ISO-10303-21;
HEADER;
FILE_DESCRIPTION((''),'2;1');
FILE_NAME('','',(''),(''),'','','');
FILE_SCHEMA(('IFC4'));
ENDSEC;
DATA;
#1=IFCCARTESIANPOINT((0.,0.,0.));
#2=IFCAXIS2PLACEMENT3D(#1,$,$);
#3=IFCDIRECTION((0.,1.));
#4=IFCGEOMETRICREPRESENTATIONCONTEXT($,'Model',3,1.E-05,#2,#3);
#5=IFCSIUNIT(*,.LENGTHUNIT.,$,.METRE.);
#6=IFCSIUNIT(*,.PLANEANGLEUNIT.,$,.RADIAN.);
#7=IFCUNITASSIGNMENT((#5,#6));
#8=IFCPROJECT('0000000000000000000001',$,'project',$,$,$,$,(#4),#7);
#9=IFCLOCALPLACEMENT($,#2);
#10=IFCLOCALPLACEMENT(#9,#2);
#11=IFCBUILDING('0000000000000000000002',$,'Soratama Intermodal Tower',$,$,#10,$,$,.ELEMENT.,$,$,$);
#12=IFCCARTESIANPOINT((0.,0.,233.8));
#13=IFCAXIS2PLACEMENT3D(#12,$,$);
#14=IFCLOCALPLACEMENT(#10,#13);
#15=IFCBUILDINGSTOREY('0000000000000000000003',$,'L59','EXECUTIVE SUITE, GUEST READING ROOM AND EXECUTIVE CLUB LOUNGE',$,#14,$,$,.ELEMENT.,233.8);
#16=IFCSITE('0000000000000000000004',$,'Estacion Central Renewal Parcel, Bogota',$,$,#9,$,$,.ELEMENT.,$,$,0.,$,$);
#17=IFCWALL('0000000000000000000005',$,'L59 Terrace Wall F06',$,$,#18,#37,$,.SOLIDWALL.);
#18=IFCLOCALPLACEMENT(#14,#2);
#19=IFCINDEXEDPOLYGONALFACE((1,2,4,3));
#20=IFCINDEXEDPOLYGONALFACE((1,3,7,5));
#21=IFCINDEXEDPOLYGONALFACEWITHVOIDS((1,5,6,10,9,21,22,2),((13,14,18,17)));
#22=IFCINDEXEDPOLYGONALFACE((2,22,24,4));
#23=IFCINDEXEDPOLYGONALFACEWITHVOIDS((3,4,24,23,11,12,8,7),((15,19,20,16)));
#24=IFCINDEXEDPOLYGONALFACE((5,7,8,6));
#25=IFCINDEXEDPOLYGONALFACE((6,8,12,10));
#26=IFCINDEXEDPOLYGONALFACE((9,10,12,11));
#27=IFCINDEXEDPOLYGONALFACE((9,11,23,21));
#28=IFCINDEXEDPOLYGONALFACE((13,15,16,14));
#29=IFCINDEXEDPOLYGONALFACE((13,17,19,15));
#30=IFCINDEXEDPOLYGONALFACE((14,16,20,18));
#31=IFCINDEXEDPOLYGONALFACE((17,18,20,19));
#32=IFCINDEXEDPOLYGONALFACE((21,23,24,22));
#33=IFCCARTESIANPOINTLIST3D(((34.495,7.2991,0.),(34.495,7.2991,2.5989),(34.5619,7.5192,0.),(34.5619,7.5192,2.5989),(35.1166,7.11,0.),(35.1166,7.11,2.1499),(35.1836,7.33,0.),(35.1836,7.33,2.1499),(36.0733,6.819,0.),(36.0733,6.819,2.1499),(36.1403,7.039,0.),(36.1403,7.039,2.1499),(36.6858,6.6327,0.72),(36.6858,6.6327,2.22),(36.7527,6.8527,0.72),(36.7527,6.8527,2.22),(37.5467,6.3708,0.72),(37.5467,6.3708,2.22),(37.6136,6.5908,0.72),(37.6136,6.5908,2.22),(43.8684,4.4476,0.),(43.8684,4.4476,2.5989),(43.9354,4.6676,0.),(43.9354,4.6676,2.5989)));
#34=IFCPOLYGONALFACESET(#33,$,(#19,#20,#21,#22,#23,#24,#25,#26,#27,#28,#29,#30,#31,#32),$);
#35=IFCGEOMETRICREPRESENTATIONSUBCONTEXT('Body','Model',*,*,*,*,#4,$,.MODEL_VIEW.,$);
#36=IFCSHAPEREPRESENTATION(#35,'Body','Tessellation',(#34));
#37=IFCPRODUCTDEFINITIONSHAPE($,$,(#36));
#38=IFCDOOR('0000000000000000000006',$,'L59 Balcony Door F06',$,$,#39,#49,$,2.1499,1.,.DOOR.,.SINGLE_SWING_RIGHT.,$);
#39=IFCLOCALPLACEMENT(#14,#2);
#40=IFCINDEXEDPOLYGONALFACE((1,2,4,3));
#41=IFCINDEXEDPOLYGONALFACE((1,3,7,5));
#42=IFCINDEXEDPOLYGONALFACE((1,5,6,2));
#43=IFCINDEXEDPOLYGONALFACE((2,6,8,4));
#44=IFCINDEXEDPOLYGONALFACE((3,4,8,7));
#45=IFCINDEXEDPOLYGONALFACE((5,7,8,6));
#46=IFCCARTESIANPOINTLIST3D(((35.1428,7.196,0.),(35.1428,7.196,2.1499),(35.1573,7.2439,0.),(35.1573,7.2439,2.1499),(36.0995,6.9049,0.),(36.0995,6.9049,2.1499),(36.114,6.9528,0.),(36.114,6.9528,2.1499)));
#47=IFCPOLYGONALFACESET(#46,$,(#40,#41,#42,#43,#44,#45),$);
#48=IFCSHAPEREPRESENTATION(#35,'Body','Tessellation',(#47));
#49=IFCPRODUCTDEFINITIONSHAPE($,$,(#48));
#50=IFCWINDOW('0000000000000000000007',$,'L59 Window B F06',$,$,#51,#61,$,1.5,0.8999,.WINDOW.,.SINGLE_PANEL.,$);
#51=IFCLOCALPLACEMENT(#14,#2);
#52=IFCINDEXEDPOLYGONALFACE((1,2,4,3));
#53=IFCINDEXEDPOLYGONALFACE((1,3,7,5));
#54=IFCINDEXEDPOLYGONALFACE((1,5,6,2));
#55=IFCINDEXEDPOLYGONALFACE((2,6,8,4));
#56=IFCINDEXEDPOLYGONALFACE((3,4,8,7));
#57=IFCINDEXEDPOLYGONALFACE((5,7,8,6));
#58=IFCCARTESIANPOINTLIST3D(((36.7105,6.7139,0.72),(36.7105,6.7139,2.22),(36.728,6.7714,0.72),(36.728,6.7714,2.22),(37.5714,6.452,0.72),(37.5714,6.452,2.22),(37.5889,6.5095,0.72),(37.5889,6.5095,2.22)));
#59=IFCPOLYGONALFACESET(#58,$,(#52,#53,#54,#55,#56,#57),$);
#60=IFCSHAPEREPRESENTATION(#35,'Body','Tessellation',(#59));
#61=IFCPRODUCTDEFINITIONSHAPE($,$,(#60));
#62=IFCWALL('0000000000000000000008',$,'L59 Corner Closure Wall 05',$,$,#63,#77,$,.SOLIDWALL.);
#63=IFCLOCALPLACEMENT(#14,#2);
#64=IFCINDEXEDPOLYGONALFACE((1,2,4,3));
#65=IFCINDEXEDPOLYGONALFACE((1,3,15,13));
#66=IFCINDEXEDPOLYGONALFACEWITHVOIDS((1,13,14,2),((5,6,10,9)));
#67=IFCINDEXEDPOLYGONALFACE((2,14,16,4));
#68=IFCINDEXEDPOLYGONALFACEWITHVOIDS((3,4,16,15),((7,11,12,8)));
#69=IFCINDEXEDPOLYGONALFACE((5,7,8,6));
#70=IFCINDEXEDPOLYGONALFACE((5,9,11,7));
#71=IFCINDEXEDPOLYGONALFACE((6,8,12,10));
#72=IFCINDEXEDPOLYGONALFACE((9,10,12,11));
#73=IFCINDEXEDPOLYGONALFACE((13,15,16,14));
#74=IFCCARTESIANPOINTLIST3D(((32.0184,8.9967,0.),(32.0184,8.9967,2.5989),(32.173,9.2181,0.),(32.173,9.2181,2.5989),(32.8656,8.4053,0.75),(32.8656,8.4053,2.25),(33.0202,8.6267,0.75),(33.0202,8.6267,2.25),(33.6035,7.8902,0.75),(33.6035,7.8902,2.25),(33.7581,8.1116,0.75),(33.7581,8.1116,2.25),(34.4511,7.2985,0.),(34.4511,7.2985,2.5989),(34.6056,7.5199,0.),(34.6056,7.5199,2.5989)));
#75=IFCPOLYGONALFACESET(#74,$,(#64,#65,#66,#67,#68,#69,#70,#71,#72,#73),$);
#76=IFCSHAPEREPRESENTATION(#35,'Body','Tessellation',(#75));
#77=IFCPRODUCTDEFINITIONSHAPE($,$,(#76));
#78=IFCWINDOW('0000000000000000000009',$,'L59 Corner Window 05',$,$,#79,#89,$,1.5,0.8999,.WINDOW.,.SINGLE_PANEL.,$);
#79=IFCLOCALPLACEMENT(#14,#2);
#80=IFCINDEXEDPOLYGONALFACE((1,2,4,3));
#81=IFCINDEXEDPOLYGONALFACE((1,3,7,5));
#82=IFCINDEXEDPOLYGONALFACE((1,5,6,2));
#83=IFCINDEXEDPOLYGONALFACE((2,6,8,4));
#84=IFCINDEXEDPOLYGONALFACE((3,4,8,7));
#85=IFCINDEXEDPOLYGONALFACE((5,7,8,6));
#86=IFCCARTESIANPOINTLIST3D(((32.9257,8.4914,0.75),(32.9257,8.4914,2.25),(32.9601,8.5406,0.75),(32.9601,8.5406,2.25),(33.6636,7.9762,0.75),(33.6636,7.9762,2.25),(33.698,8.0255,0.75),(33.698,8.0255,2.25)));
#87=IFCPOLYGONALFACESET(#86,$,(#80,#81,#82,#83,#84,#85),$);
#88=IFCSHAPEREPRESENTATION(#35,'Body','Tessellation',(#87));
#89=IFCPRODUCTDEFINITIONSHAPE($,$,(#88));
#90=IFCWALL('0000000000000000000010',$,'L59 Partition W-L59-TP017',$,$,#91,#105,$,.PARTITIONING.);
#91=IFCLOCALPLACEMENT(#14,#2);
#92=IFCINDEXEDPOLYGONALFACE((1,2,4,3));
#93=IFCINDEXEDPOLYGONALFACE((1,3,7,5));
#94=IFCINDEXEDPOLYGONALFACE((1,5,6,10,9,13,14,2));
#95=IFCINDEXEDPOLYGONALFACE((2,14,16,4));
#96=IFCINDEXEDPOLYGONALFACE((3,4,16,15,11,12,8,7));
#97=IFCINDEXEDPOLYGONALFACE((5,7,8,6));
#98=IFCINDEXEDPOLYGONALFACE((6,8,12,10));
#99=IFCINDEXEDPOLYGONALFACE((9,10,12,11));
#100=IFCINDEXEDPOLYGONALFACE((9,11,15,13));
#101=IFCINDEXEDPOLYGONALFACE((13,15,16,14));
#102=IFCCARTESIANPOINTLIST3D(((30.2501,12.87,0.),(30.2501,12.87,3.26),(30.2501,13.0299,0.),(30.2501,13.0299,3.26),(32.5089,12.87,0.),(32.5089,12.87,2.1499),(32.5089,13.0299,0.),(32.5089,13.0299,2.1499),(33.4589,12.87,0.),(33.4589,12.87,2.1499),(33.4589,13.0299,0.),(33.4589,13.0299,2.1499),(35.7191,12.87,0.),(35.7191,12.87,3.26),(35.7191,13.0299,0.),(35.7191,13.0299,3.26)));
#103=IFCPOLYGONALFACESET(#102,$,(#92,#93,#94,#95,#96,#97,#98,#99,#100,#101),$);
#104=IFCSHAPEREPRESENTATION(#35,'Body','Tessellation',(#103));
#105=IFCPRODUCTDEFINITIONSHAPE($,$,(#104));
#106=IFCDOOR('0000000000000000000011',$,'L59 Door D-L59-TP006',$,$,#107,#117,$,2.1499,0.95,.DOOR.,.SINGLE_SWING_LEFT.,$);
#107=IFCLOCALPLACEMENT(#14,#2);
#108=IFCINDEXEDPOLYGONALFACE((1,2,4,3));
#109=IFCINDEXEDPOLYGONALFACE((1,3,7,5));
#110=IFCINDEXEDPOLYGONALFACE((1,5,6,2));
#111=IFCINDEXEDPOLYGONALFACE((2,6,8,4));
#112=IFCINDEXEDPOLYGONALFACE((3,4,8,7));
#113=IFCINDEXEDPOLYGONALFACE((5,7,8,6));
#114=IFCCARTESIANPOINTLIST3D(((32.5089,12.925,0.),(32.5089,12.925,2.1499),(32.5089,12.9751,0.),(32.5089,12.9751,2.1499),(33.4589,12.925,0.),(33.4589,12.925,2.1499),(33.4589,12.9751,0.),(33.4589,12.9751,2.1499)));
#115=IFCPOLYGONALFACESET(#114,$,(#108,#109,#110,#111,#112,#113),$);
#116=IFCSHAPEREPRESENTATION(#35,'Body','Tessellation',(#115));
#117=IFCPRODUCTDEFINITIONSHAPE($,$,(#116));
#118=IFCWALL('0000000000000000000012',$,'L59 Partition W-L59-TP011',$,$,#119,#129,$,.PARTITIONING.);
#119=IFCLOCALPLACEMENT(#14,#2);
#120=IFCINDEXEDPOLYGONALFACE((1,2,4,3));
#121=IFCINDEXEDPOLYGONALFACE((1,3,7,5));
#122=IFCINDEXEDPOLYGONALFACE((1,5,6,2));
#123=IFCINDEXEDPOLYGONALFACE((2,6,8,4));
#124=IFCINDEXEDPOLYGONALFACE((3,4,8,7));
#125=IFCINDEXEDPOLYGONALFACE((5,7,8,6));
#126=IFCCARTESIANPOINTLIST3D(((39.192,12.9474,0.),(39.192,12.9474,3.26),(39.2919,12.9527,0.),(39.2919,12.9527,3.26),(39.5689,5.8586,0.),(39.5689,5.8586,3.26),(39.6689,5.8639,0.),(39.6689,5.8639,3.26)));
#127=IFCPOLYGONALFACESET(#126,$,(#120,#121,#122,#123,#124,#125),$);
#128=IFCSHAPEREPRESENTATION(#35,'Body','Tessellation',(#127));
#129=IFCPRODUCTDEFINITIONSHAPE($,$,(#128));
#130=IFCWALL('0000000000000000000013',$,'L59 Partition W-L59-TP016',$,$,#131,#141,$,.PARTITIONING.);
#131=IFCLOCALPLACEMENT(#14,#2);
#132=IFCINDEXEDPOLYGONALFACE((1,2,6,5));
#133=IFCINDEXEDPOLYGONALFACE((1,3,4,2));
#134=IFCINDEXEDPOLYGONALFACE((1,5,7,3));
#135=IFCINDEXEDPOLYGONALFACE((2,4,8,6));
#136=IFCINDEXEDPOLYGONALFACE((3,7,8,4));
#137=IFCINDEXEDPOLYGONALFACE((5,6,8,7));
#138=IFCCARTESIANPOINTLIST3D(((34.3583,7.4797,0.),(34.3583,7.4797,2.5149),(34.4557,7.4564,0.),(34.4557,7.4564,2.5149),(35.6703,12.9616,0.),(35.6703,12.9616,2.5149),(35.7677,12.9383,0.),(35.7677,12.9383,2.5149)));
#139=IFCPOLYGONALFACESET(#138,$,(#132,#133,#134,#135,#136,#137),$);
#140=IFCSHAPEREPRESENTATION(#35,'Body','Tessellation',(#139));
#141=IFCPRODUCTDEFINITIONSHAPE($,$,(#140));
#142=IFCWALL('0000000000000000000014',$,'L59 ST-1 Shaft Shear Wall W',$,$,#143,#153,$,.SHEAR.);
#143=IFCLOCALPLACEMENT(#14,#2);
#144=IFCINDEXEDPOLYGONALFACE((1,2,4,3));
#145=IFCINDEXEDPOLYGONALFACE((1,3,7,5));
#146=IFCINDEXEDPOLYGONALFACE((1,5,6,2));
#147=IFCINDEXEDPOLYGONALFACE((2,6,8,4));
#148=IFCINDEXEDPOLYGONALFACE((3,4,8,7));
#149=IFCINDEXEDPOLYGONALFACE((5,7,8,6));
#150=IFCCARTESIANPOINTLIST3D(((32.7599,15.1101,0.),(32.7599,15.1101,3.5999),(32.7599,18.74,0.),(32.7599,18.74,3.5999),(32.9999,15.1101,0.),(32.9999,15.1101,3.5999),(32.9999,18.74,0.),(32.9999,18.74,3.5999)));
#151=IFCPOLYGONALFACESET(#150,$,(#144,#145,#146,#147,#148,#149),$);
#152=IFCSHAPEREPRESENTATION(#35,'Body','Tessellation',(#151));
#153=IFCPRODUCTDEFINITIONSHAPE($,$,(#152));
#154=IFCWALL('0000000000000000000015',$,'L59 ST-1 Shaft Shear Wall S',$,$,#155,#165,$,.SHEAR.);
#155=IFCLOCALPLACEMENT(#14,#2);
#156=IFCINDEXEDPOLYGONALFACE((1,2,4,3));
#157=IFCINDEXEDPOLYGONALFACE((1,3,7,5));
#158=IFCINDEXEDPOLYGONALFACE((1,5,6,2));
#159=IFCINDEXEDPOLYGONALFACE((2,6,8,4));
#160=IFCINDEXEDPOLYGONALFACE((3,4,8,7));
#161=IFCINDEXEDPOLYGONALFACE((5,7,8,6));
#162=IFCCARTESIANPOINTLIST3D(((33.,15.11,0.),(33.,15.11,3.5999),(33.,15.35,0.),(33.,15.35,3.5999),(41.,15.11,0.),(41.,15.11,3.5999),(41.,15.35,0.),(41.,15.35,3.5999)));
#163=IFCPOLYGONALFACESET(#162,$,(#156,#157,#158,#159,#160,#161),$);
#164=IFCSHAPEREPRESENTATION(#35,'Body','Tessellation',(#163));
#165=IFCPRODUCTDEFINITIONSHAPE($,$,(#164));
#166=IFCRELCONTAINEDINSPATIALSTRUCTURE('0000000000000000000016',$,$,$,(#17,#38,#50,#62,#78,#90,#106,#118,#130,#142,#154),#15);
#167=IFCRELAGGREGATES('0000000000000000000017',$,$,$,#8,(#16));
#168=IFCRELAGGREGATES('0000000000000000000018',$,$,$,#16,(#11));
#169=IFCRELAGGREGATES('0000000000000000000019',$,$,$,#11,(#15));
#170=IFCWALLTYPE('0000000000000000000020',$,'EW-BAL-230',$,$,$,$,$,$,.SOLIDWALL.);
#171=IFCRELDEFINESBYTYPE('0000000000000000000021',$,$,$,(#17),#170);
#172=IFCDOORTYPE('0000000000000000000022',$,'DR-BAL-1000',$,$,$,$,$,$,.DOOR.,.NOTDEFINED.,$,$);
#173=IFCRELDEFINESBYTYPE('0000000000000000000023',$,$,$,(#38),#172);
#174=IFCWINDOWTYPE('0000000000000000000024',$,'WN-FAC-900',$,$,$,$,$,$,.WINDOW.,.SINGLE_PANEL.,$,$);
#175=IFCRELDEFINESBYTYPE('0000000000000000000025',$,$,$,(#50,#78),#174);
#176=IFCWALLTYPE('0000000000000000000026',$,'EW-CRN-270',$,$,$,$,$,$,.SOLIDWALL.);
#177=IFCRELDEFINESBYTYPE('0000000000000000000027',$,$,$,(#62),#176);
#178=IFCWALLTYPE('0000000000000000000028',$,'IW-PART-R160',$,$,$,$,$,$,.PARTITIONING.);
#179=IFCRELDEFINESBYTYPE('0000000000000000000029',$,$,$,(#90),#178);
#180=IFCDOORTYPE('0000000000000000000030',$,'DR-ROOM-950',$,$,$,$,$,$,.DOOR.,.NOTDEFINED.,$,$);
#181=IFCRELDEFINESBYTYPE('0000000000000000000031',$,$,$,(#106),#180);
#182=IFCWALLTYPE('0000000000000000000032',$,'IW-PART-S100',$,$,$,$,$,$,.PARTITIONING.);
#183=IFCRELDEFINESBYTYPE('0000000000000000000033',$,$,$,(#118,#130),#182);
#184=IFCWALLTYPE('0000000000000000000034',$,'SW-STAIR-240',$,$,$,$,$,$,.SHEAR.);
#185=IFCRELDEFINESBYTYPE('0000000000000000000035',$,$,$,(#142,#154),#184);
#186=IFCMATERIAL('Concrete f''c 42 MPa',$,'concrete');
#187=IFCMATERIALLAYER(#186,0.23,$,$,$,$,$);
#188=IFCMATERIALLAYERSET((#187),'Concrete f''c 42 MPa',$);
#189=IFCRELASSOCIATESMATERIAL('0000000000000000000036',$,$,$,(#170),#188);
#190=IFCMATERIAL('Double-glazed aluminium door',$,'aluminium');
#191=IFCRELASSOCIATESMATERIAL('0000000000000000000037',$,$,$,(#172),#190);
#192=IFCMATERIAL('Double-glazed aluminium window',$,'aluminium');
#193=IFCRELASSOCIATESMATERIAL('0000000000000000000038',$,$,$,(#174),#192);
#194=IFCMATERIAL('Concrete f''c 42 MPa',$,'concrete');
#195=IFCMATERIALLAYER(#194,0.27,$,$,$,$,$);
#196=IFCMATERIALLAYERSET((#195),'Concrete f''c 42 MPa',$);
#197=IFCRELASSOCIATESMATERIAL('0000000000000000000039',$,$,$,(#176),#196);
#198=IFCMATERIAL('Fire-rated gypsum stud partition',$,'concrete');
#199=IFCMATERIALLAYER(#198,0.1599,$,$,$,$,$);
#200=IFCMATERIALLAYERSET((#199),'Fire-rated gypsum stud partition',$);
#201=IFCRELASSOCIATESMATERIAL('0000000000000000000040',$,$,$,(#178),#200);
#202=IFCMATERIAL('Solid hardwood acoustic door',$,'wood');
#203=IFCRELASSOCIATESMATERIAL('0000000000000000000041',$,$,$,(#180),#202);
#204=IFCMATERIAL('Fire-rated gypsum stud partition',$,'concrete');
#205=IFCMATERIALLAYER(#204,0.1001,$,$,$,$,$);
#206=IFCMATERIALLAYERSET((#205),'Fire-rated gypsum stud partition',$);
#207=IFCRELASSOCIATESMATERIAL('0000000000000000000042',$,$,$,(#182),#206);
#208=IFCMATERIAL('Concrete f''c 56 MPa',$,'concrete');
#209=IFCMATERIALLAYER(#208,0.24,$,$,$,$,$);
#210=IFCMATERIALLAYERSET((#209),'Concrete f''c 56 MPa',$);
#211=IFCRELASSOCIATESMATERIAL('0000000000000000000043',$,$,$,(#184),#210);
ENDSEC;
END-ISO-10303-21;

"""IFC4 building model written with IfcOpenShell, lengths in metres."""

from ifc_helpers import new_model, si_unit, direction, frame, frame_2d, origin, place, context, subcontext, project, spatial, rectangle, extrude, material, layer, layer_set, type_object, element, fill, save


model = new_model("IFC4")

# Units and contexts
model_context = context("Model", 3, precision=1e-05, world=origin(), true_north=direction((0.0, 1.0)))
body_context = subcontext(model_context, "Body", "Model", "MODEL_VIEW")
ifc_project = project(units=[si_unit("LENGTHUNIT", "METRE"), si_unit("PLANEANGLEUNIT", "RADIAN")], contexts=[model_context])

# Site, building, storey
site_placement = place(None, origin())
site = spatial("IfcSite", under=ifc_project, at=site_placement, Name="Estacion Central Renewal Parcel, Bogota", CompositionType="ELEMENT", RefElevation=0.0)
building_placement = place(site_placement, origin())
building = spatial("IfcBuilding", under=site, at=building_placement, Name="Soratama Intermodal Tower", CompositionType="ELEMENT")
storey_placement = place(building_placement, frame((0.0, 0.0, 233.8)))
storey = spatial("IfcBuildingStorey", under=building, at=storey_placement, Name="L59", Description="EXECUTIVE SUITE, GUEST READING ROOM AND EXECUTIVE CLUB LOUNGE", CompositionType="ELEMENT", Elevation=233.8)

# Wall, openings, door, window
ifc_material_1 = material(Name="Concrete f'c 42 MPa", Category="concrete")
ifc_layer_1 = layer(ifc_material_1, 0.23)
ifc_layer_set_1 = layer_set([ifc_layer_1], Name="Concrete f'c 42 MPa")
wall_type_1 = type_object("IfcWallType", Name="EW-BAL-230", PredefinedType="SOLIDWALL", material=ifc_layer_set_1)
wall_1_placement = place(storey_placement, frame((34.5283, 7.4092, 0.0), z_axis=(0.0, 0.0, 1.0), x_axis=(0.956709, -0.291045, 0.0)))
wall_1 = element("IfcWall", 1, at=wall_1_placement, inside=storey, type_object=wall_type_1, Name="L59 Terrace Wall F06", PredefinedType="SOLIDWALL", context=body_context, shape_type="SweptSolid", body=[
    extrude(rectangle(XDim=9.7976, YDim=0.23, at=frame_2d((4.8989, 0.0))), origin(), (0.0, 0.0, 1.0), 2.5989),
])
opening_1_placement = place(wall_1_placement, frame((0.6499, 0.0, 0.0)))
opening_1 = element("IfcOpeningElement", 2, at=opening_1_placement, cuts=wall_1, PredefinedType="OPENING", context=body_context, shape_type="SweptSolid", body=[
    extrude(rectangle(XDim=1.0, YDim=2.1499, at=frame_2d((0.5, 1.075))), frame((0.0, 0.125, 0.0), z_axis=(0.0, -1.0, 0.0), x_axis=(1.0, 0.0, 0.0)), (0.0, 0.0, 1.0), 0.25),
])
opening_2_placement = place(wall_1_placement, frame((2.29, 0.0, 0.72)))
opening_2 = element("IfcOpeningElement", 3, at=opening_2_placement, cuts=wall_1, PredefinedType="OPENING", context=body_context, shape_type="SweptSolid", body=[
    extrude(rectangle(XDim=0.8999, YDim=1.5, at=frame_2d((0.45, 0.75))), frame((0.0, 0.125, 0.0), z_axis=(0.0, -1.0, 0.0), x_axis=(1.0, 0.0, 0.0)), (0.0, 0.0, 1.0), 0.25),
])
ifc_material_2 = material(Name="Double-glazed aluminium door", Category="aluminium")
door_type_1 = type_object("IfcDoorType", Name="DR-BAL-1000", OperationType="NOTDEFINED", PredefinedType="DOOR", material=ifc_material_2)
door_1_placement = place(opening_1_placement, origin())
door_1 = element("IfcDoor", 4, at=door_1_placement, inside=storey, type_object=door_type_1, Name="L59 Balcony Door F06", OperationType="SINGLE_SWING_RIGHT", OverallHeight=2.1499, OverallWidth=1.0, PredefinedType="DOOR", context=body_context, shape_type="SweptSolid", body=[
    extrude(rectangle(XDim=1.0, YDim=2.1499, at=frame_2d((0.5, 1.075))), frame((0.0, 0.0249, 0.0), z_axis=(0.0, -1.0, 0.0), x_axis=(1.0, 0.0, 0.0)), (0.0, 0.0, 1.0), 0.05),
])
fill(opening_1, door_1)
ifc_material_3 = material(Name="Double-glazed aluminium window", Category="aluminium")
window_type = type_object("IfcWindowType", Name="WN-FAC-900", PartitioningType="SINGLE_PANEL", PredefinedType="WINDOW", material=ifc_material_3)
window_1_placement = place(opening_2_placement, origin())
window_1 = element("IfcWindow", 5, at=window_1_placement, inside=storey, type_object=window_type, Name="L59 Window B F06", OverallHeight=1.5, OverallWidth=0.8999, PartitioningType="SINGLE_PANEL", PredefinedType="WINDOW", context=body_context, shape_type="SweptSolid", body=[
    extrude(rectangle(XDim=0.8999, YDim=1.5, at=frame_2d((0.45, 0.75))), frame((0.0, 0.03, 0.0), z_axis=(0.0, -1.0, 0.0), x_axis=(1.0, 0.0, 0.0)), (0.0, 0.0, 1.0), 0.0601),
])
fill(opening_2, window_1)

# Wall, opening, window
ifc_material_4 = material(Name="Concrete f'c 42 MPa", Category="concrete")
ifc_layer_2 = layer(ifc_material_4, 0.27)
ifc_layer_set_2 = layer_set([ifc_layer_2], Name="Concrete f'c 42 MPa")
wall_type_2 = type_object("IfcWallType", Name="EW-CRN-270", PredefinedType="SOLIDWALL", material=ifc_layer_set_2)
wall_2_placement = place(storey_placement, frame((32.0957, 9.1074, 0.0), z_axis=(0.0, 0.0, 1.0), x_axis=(0.819958, -0.572424, 0.0)))
wall_2 = element("IfcWall", 6, at=wall_2_placement, inside=storey, type_object=wall_type_2, Name="L59 Corner Closure Wall 05", PredefinedType="SOLIDWALL", context=body_context, shape_type="SweptSolid", body=[
    extrude(rectangle(XDim=2.9668, YDim=0.27, at=frame_2d((1.4834, 0.0))), origin(), (0.0, 0.0, 1.0), 2.5989),
])
opening_3_placement = place(wall_2_placement, frame((1.0332, 0.0, 0.75)))
opening_3 = element("IfcOpeningElement", 7, at=opening_3_placement, cuts=wall_2, PredefinedType="OPENING", context=body_context, shape_type="SweptSolid", body=[
    extrude(rectangle(XDim=0.8999, YDim=1.5, at=frame_2d((0.45, 0.75))), frame((0.0, 0.145, 0.0), z_axis=(0.0, -1.0, 0.0), x_axis=(1.0, 0.0, 0.0)), (0.0, 0.0, 1.0), 0.29),
])
window_2_placement = place(opening_3_placement, origin())
window_2 = element("IfcWindow", 8, at=window_2_placement, inside=storey, type_object=window_type, Name="L59 Corner Window 05", OverallHeight=1.5, OverallWidth=0.8999, PartitioningType="SINGLE_PANEL", PredefinedType="WINDOW", context=body_context, shape_type="SweptSolid", body=[
    extrude(rectangle(XDim=0.8999, YDim=1.5, at=frame_2d((0.45, 0.75))), frame((0.0, 0.03, 0.0), z_axis=(0.0, -1.0, 0.0), x_axis=(1.0, 0.0, 0.0)), (0.0, 0.0, 1.0), 0.0601),
])
fill(opening_3, window_2)

# Wall, opening, door
ifc_material_5 = material(Name="Fire-rated gypsum stud partition", Category="concrete")
ifc_layer_3 = layer(ifc_material_5, 0.1599)
ifc_layer_set_3 = layer_set([ifc_layer_3], Name="Fire-rated gypsum stud partition")
wall_type_3 = type_object("IfcWallType", Name="IW-PART-R160", PredefinedType="PARTITIONING", material=ifc_layer_set_3)
wall_3_placement = place(storey_placement, frame((35.719, 12.95, 0.0), z_axis=(0.0, 0.0, 1.0), x_axis=(-1.0, 0.0, 0.0)))
wall_3 = element("IfcWall", 9, at=wall_3_placement, inside=storey, type_object=wall_type_3, Name="L59 Partition W-L59-TP017", PredefinedType="PARTITIONING", context=body_context, shape_type="SweptSolid", body=[
    extrude(rectangle(XDim=5.469, YDim=0.1599, at=frame_2d((2.7344, 0.0))), origin(), (0.0, 0.0, 1.0), 3.26),
])
opening_4_placement = place(wall_3_placement, frame((2.26, 0.0, 0.0)))
opening_4 = element("IfcOpeningElement", 10, at=opening_4_placement, cuts=wall_3, PredefinedType="OPENING", context=body_context, shape_type="SweptSolid", body=[
    extrude(rectangle(XDim=0.95, YDim=2.1499, at=frame_2d((0.4751, 1.075))), frame((0.0, 0.0898, 0.0), z_axis=(0.0, -1.0, 0.0), x_axis=(1.0, 0.0, 0.0)), (0.0, 0.0, 1.0), 0.1799),
])
ifc_material_6 = material(Name="Solid hardwood acoustic door", Category="wood")
door_type_2 = type_object("IfcDoorType", Name="DR-ROOM-950", OperationType="NOTDEFINED", PredefinedType="DOOR", material=ifc_material_6)
door_2_placement = place(opening_4_placement, origin())
door_2 = element("IfcDoor", 11, at=door_2_placement, inside=storey, type_object=door_type_2, Name="L59 Door D-L59-TP006", OperationType="SINGLE_SWING_LEFT", OverallHeight=2.1499, OverallWidth=0.95, PredefinedType="DOOR", context=body_context, shape_type="SweptSolid", body=[
    extrude(rectangle(XDim=0.95, YDim=2.1499, at=frame_2d((0.4751, 1.075))), frame((0.0, 0.0249, 0.0), z_axis=(0.0, -1.0, 0.0), x_axis=(1.0, 0.0, 0.0)), (0.0, 0.0, 1.0), 0.05),
])
fill(opening_4, door_2)

# Walls
ifc_material_7 = material(Name="Fire-rated gypsum stud partition", Category="concrete")
ifc_layer_4 = layer(ifc_material_7, 0.1001)
ifc_layer_set_4 = layer_set([ifc_layer_4], Name="Fire-rated gypsum stud partition")
wall_type_4 = type_object("IfcWallType", Name="IW-PART-S100", PredefinedType="PARTITIONING", material=ifc_layer_set_4)
wall_4_placement = place(storey_placement, frame((39.2419, 12.95, 0.0), z_axis=(0.0, 0.0, 1.0), x_axis=(0.0531, -0.998589, 0.0)))
element("IfcWall", 12, at=wall_4_placement, inside=storey, type_object=wall_type_4, Name="L59 Partition W-L59-TP011", PredefinedType="PARTITIONING", context=body_context, shape_type="SweptSolid", body=[
    extrude(rectangle(XDim=7.0989, YDim=0.1001, at=frame_2d((3.5493, 0.0))), origin(), (0.0, 0.0, 1.0), 3.26),
])
wall_5_placement = place(storey_placement, frame((35.719, 12.95, 0.0), z_axis=(0.0, 0.0, 1.0), x_axis=(-0.23276, -0.972534, 0.0)))
element("IfcWall", 13, at=wall_5_placement, inside=storey, type_object=wall_type_4, Name="L59 Partition W-L59-TP016", PredefinedType="PARTITIONING", context=body_context, shape_type="SweptSolid", body=[
    extrude(rectangle(XDim=5.6367, YDim=0.1001, at=frame_2d((2.8184, 0.0))), origin(), (0.0, 0.0, 1.0), 2.5149),
])
ifc_material_8 = material(Name="Concrete f'c 56 MPa", Category="concrete")
ifc_layer_5 = layer(ifc_material_8, 0.24)
ifc_layer_set_5 = layer_set([ifc_layer_5], Name="Concrete f'c 56 MPa")
wall_type_5 = type_object("IfcWallType", Name="SW-STAIR-240", PredefinedType="SHEAR", material=ifc_layer_set_5)
wall_6_placement = place(storey_placement, frame((32.8799, 15.1101, 0.0), z_axis=(0.0, 0.0, 1.0), x_axis=(0.0, 1.0, 0.0)))
element("IfcWall", 14, at=wall_6_placement, inside=storey, type_object=wall_type_5, Name="L59 ST-1 Shaft Shear Wall W", PredefinedType="SHEAR", context=body_context, shape_type="SweptSolid", body=[
    extrude(rectangle(XDim=3.6299, YDim=0.24, at=frame_2d((1.8149, 0.0))), origin(), (0.0, 0.0, 1.0), 3.5999),
])
wall_7_placement = place(storey_placement, frame((33.0, 15.23, 0.0), z_axis=(0.0, 0.0, 1.0), x_axis=(1.0, 0.0, 0.0)))
element("IfcWall", 15, at=wall_7_placement, inside=storey, type_object=wall_type_5, Name="L59 ST-1 Shaft Shear Wall S", PredefinedType="SHEAR", context=body_context, shape_type="SweptSolid", body=[
    extrude(rectangle(XDim=8.0, YDim=0.24, at=frame_2d((4.0, 0.0))), origin(), (0.0, 0.0, 1.0), 3.5999),
])

save(model, "model.ifc")
